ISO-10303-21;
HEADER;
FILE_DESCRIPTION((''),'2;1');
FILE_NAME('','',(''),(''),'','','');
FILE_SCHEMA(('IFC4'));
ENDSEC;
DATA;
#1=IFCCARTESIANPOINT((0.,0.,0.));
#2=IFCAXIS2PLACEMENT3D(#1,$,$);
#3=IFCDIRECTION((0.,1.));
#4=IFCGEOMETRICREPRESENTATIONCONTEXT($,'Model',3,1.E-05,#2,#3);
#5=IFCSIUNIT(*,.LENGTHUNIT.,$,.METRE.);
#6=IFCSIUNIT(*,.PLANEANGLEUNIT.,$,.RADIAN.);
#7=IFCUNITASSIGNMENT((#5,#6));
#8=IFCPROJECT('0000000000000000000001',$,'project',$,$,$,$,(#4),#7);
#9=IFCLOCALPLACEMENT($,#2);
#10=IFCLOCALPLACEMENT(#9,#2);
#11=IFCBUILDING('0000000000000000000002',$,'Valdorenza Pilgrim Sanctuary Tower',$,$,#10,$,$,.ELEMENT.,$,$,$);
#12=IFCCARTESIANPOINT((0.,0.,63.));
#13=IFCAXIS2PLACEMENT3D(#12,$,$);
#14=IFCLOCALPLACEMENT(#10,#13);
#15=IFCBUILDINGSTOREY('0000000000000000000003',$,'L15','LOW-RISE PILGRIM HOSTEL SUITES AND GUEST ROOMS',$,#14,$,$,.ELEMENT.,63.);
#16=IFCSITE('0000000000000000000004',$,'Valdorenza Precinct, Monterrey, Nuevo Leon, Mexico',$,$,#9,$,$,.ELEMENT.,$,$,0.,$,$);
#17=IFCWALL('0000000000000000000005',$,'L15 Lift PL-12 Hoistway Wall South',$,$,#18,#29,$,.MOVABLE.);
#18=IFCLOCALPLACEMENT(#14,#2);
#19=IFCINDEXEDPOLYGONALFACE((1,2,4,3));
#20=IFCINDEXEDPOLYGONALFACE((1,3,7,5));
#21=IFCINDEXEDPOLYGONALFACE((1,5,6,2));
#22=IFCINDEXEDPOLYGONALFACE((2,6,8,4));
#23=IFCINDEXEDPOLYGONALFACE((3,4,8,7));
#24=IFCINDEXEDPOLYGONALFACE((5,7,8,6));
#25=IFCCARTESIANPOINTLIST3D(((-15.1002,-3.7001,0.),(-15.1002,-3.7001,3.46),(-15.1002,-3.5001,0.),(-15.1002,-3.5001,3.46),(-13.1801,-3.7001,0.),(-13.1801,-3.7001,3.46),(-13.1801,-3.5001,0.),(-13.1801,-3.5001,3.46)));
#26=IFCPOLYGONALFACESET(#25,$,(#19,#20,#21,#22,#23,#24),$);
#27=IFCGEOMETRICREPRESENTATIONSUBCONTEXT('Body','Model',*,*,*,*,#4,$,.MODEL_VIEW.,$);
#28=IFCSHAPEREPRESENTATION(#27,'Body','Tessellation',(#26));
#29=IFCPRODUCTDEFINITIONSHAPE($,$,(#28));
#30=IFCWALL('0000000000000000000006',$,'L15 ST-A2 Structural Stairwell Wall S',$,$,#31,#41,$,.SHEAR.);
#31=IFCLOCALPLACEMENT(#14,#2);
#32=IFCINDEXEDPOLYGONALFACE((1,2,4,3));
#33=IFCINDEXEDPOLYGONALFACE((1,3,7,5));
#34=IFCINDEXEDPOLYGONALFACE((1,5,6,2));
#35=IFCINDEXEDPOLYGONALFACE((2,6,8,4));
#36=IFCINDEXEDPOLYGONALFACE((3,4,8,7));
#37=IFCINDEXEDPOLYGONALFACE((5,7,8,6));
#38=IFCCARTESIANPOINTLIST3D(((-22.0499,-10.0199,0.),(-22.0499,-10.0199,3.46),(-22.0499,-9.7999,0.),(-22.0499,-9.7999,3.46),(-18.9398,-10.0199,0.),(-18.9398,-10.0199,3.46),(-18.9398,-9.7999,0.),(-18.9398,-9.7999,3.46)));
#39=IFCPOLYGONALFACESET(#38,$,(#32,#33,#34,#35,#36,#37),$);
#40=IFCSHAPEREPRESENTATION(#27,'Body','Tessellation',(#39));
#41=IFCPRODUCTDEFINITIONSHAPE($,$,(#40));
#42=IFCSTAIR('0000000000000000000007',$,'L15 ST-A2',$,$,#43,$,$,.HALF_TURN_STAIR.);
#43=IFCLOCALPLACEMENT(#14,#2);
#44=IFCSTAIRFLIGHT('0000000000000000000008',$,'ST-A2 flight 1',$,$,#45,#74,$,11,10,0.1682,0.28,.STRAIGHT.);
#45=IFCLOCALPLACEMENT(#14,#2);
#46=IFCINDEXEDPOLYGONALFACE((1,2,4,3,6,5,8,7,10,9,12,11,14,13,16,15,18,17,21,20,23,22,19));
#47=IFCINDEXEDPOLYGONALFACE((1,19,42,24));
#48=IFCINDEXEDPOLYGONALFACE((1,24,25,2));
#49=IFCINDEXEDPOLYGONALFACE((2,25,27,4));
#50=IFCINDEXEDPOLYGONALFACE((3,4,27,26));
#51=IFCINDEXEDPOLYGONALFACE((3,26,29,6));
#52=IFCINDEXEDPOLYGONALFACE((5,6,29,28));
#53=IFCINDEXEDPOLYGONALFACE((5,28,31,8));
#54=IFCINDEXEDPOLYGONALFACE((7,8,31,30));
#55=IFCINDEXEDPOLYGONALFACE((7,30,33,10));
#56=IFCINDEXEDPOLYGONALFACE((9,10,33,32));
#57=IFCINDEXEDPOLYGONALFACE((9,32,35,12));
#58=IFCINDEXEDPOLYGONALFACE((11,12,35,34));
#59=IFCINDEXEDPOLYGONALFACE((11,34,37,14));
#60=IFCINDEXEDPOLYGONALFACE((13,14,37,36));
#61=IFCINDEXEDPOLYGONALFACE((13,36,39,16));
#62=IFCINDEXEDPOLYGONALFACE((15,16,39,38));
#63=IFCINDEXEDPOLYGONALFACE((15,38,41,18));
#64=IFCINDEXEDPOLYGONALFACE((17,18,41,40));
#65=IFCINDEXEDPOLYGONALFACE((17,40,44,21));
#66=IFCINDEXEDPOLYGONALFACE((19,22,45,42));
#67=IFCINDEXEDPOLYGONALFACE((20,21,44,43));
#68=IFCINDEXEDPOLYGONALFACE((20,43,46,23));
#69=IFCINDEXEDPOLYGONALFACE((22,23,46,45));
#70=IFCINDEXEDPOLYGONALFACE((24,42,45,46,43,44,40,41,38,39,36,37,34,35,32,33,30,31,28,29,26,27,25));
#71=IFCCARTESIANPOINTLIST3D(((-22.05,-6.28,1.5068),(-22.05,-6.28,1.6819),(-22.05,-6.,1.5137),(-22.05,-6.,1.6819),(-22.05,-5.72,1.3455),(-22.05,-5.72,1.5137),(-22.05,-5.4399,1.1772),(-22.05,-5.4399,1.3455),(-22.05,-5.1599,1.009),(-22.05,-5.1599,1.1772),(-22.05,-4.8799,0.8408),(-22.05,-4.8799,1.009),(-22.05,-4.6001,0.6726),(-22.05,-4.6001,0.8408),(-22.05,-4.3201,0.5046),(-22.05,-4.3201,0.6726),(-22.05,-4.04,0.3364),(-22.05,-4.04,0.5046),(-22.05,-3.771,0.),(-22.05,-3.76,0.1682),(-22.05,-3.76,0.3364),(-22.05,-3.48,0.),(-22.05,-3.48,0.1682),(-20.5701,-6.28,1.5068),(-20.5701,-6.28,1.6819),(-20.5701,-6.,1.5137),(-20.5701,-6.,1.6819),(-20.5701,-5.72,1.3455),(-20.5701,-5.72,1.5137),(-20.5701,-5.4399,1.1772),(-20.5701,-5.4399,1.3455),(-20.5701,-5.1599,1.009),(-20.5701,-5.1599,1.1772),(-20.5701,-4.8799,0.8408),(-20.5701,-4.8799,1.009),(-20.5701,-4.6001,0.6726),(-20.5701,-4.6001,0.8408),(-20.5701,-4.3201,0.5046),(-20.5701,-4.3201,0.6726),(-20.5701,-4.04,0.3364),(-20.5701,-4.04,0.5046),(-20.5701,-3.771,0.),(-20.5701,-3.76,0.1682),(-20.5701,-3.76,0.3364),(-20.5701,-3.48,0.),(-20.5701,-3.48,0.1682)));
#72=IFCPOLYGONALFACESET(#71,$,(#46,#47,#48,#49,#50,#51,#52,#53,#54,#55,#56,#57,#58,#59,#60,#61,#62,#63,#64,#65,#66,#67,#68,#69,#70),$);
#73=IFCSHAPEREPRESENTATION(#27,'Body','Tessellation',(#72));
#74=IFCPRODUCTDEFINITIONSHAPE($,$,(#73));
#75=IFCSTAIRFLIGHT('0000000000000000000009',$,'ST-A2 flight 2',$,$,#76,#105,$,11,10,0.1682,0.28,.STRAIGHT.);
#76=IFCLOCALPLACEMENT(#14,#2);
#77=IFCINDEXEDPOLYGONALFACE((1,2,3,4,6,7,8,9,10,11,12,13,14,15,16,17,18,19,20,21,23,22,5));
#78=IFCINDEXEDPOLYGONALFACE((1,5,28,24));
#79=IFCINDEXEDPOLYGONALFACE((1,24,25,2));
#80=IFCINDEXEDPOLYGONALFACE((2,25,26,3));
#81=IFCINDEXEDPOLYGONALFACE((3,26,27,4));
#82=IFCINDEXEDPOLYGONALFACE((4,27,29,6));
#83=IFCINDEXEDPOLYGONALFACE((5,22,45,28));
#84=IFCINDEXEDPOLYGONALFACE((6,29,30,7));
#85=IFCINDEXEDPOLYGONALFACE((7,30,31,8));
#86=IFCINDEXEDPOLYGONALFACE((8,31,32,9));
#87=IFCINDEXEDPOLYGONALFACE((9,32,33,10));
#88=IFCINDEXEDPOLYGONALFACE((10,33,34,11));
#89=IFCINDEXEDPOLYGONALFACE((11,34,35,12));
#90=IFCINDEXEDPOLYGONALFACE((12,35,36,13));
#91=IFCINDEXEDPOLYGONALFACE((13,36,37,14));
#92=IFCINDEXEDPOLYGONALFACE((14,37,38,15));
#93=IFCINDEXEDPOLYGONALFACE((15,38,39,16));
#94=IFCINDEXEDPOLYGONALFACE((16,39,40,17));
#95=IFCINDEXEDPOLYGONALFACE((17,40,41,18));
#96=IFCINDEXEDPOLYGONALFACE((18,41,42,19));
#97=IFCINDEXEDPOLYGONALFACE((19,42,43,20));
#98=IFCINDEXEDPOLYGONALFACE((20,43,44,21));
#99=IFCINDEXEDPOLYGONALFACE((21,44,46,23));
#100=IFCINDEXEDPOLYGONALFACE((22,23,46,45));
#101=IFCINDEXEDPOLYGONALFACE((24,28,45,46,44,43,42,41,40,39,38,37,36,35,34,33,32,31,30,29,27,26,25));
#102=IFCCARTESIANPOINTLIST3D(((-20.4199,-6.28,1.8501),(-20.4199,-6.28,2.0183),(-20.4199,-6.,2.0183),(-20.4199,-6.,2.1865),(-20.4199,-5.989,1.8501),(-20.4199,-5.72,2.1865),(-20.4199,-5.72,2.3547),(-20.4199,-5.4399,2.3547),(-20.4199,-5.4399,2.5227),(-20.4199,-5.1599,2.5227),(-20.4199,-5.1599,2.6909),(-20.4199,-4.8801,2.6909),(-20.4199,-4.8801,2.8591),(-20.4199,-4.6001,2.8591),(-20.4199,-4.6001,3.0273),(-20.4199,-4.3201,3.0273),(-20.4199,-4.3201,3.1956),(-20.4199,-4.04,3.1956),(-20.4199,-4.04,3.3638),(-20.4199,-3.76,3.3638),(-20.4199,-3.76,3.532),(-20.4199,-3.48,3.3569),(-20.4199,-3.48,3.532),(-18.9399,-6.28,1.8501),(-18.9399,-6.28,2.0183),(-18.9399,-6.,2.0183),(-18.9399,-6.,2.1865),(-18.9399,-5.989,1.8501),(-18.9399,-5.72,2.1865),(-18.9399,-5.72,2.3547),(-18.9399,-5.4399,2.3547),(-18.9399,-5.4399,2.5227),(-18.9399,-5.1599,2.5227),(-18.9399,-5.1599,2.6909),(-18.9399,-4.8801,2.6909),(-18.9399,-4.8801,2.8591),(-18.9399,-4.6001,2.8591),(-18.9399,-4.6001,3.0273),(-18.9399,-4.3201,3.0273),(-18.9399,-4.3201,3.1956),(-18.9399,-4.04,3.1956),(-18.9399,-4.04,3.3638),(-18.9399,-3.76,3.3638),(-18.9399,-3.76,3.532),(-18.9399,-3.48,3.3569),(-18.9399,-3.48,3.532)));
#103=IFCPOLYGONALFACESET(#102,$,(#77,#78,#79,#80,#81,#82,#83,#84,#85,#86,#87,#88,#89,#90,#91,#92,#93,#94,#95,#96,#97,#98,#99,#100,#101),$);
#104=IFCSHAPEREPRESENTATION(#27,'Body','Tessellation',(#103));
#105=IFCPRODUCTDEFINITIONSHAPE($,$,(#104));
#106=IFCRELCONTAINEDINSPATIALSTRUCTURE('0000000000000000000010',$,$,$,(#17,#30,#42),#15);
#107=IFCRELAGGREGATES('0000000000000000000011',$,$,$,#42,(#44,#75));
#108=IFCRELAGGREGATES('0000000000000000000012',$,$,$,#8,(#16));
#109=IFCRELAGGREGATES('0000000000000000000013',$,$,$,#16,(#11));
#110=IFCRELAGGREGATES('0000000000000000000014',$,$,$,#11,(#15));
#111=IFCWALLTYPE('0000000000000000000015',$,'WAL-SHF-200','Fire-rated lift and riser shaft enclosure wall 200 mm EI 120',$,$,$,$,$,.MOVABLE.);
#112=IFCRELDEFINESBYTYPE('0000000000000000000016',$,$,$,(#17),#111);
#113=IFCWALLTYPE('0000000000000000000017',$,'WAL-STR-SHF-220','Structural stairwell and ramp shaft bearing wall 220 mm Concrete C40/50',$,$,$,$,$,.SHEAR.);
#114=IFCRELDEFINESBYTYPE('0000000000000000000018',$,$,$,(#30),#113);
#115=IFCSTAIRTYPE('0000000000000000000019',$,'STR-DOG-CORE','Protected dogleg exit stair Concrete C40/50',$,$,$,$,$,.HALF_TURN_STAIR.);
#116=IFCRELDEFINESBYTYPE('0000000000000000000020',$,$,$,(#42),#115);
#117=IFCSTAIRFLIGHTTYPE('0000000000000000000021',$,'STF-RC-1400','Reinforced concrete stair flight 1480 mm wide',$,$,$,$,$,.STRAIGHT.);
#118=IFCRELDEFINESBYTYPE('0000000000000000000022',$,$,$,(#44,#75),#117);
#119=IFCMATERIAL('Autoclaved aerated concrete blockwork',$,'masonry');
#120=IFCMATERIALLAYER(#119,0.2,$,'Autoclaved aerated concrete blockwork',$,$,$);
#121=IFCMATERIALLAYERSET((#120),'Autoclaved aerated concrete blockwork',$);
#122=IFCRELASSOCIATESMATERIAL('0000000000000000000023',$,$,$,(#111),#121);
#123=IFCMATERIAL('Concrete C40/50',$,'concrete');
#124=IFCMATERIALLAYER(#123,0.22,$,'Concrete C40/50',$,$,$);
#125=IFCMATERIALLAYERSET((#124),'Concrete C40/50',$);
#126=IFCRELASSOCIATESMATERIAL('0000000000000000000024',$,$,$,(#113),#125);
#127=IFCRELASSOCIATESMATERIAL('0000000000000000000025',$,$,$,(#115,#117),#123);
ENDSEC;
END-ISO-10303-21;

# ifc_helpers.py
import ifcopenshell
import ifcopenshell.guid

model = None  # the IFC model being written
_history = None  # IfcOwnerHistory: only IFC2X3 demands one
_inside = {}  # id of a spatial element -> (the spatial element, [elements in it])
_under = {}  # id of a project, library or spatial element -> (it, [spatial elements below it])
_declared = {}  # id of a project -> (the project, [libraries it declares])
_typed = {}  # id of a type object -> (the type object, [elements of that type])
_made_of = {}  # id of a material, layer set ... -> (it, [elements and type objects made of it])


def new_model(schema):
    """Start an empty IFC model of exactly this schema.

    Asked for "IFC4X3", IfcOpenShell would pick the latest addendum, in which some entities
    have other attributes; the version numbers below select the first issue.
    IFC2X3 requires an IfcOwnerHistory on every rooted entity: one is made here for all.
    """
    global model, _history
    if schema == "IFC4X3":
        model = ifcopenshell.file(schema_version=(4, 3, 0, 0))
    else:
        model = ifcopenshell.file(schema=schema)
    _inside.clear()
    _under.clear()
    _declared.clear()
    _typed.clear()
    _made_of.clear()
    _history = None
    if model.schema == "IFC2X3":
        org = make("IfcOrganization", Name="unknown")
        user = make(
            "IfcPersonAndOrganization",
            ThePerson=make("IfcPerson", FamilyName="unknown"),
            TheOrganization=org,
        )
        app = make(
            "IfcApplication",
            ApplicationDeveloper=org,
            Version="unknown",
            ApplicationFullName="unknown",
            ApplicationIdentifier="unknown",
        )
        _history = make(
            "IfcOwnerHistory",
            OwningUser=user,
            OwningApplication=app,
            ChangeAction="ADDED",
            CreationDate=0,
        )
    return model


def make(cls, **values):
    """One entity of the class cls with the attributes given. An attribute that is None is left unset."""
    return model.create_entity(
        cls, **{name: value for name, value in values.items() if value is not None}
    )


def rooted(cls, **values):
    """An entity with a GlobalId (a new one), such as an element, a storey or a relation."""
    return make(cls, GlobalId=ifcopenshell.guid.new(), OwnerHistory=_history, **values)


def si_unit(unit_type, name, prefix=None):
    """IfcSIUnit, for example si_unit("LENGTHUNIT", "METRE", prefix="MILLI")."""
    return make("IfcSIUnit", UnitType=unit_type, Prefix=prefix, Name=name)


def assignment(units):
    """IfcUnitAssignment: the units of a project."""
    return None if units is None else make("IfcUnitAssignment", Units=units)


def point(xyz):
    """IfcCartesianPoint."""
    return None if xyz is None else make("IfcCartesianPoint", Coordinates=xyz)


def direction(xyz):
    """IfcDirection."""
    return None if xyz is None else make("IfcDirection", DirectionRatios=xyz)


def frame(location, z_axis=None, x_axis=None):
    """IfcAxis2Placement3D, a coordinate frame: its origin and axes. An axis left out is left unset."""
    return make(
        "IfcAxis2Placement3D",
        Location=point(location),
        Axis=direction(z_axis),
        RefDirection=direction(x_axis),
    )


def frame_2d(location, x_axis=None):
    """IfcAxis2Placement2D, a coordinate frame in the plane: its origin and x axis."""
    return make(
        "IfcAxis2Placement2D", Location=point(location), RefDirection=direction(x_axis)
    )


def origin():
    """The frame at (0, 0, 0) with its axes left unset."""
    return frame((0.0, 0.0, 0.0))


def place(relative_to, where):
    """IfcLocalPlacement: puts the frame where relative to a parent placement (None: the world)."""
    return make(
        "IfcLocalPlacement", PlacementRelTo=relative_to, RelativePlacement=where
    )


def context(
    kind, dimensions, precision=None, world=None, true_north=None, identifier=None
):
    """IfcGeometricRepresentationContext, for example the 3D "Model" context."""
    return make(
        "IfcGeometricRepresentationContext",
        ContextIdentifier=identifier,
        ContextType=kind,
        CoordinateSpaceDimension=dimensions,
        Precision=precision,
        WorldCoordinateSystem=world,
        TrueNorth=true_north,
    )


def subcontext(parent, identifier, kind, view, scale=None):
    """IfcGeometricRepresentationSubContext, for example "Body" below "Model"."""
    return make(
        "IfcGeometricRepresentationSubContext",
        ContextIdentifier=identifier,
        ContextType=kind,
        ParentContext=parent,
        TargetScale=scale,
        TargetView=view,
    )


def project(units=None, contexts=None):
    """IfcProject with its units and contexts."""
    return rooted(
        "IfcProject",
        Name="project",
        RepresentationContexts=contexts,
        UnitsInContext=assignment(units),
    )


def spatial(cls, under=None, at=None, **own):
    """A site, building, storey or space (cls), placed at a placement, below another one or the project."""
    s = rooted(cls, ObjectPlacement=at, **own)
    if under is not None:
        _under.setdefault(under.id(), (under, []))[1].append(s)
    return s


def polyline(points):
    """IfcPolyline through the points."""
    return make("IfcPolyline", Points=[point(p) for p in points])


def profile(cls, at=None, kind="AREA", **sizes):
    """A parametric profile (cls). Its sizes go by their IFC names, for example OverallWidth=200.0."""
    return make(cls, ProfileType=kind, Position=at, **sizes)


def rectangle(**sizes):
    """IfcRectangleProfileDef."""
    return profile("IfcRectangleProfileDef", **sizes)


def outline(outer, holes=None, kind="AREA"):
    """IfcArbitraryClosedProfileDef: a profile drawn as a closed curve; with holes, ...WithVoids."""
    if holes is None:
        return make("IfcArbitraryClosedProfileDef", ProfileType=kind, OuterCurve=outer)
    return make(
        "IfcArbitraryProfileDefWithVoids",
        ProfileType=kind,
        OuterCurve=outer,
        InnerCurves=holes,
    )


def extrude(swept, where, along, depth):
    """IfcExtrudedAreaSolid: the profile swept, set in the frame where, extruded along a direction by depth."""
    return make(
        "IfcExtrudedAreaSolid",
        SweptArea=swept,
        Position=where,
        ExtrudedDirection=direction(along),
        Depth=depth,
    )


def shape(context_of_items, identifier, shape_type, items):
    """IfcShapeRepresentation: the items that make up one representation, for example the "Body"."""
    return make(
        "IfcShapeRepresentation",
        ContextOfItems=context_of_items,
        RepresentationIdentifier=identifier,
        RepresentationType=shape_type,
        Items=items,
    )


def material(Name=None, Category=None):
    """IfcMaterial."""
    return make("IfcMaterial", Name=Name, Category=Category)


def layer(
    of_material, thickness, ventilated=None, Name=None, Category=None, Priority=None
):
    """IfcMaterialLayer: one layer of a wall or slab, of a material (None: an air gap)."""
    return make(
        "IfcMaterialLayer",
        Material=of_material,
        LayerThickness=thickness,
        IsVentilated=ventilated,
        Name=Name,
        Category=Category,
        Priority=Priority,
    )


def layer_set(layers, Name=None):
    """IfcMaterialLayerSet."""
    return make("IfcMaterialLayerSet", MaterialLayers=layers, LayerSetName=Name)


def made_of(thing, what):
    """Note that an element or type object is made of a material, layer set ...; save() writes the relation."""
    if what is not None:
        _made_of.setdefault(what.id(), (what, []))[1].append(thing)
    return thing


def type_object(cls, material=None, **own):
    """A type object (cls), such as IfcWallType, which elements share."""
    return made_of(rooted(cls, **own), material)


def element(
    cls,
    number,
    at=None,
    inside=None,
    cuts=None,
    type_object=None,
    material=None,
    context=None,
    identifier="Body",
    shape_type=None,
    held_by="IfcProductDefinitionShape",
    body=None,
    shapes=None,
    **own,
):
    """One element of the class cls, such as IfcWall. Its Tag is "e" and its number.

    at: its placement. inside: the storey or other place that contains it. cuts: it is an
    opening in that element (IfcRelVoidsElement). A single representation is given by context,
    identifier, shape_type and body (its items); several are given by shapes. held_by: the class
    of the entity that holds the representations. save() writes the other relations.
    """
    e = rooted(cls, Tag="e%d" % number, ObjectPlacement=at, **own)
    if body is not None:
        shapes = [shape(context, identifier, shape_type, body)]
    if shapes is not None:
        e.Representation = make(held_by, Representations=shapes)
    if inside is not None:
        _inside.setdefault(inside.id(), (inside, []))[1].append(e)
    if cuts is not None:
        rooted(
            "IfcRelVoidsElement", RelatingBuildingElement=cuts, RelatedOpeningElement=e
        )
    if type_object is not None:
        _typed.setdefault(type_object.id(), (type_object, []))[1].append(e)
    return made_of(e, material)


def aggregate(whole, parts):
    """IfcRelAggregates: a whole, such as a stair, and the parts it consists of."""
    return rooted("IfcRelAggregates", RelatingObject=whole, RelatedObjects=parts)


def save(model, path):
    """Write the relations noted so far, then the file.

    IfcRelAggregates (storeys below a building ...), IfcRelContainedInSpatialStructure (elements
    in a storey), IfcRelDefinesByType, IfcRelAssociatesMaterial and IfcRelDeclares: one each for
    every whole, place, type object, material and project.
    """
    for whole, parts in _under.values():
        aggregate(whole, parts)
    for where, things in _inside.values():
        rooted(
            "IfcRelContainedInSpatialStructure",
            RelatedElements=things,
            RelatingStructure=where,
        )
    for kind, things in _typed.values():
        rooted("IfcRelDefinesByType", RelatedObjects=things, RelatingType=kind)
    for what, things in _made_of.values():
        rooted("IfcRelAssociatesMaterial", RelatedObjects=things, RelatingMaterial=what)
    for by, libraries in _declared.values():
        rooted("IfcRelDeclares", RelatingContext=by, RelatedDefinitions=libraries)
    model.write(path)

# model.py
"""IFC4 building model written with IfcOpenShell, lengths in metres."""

from ifc_helpers import new_model, si_unit, direction, frame, frame_2d, origin, place, context, subcontext, project, spatial, polyline, rectangle, outline, extrude, material, layer, layer_set, type_object, element, aggregate, save


model = new_model("IFC4")

# Units and contexts
model_context = context("Model", 3, precision=1e-05, world=origin(), true_north=direction((0.0, 1.0)))
body_context = subcontext(model_context, "Body", "Model", "MODEL_VIEW")
ifc_project = project(units=[si_unit("LENGTHUNIT", "METRE"), si_unit("PLANEANGLEUNIT", "RADIAN")], contexts=[model_context])

# Site, building, storey
site_placement = place(None, origin())
site = spatial("IfcSite", under=ifc_project, at=site_placement, Name="Valdorenza Precinct, Monterrey, Nuevo Leon, Mexico", CompositionType="ELEMENT", RefElevation=0.0)
building_placement = place(site_placement, origin())
building = spatial("IfcBuilding", under=site, at=building_placement, Name="Valdorenza Pilgrim Sanctuary Tower", CompositionType="ELEMENT")
storey_placement = place(building_placement, frame((0.0, 0.0, 63.0)))
storey = spatial("IfcBuildingStorey", under=building, at=storey_placement, Name="L15", Description="LOW-RISE PILGRIM HOSTEL SUITES AND GUEST ROOMS", CompositionType="ELEMENT", Elevation=63.0)

# Shared definitions
ifc_material_1 = material(Name="Autoclaved aerated concrete blockwork", Category="masonry")
ifc_layer_1 = layer(ifc_material_1, 0.2, Name="Autoclaved aerated concrete blockwork")
ifc_layer_set_1 = layer_set([ifc_layer_1], Name="Autoclaved aerated concrete blockwork")
wall_type_1 = type_object("IfcWallType", Name="WAL-SHF-200", Description="Fire-rated lift and riser shaft enclosure wall 200 mm EI 120", PredefinedType="MOVABLE", material=ifc_layer_set_1)

# Walls
wall_1_placement = place(storey_placement, frame((-15.1001, -3.6001, 0.0), z_axis=(0.0, 0.0, 1.0), x_axis=(1.0, 0.0, 0.0)))
element("IfcWall", 1, at=wall_1_placement, inside=storey, type_object=wall_type_1, Name="L15 Lift PL-12 Hoistway Wall South", PredefinedType="MOVABLE", context=body_context, shape_type="SweptSolid", body=[
    extrude(rectangle(XDim=1.9202, YDim=0.2, at=frame_2d((0.96, 0.0))), origin(), (0.0, 0.0, 1.0), 3.46),
])
ifc_material_2 = material(Name="Concrete C40/50", Category="concrete")
ifc_layer_2 = layer(ifc_material_2, 0.22, Name="Concrete C40/50")
ifc_layer_set_2 = layer_set([ifc_layer_2], Name="Concrete C40/50")
wall_type_2 = type_object("IfcWallType", Name="WAL-STR-SHF-220", Description="Structural stairwell and ramp shaft bearing wall 220 mm Concrete C40/50", PredefinedType="SHEAR", material=ifc_layer_set_2)
wall_2_placement = place(storey_placement, frame((-22.05, -9.9099, 0.0), z_axis=(0.0, 0.0, 1.0), x_axis=(1.0, 0.0, 0.0)))
element("IfcWall", 2, at=wall_2_placement, inside=storey, type_object=wall_type_2, Name="L15 ST-A2 Structural Stairwell Wall S", PredefinedType="SHEAR", context=body_context, shape_type="SweptSolid", body=[
    extrude(rectangle(XDim=3.1101, YDim=0.22, at=frame_2d((1.5552, 0.0))), origin(), (0.0, 0.0, 1.0), 3.46),
])

# Stair, stair flights
stair_type = type_object("IfcStairType", Name="STR-DOG-CORE", Description="Protected dogleg exit stair Concrete C40/50", PredefinedType="HALF_TURN_STAIR", material=ifc_material_2)
stair_placement = place(storey_placement, origin())
stair = element("IfcStair", 3, at=stair_placement, inside=storey, type_object=stair_type, Name="L15 ST-A2", PredefinedType="HALF_TURN_STAIR")
stair_flight_type = type_object("IfcStairFlightType", Name="STF-RC-1400", Description="Reinforced concrete stair flight 1480 mm wide", PredefinedType="STRAIGHT", material=ifc_material_2)
stair_flight_1_placement = place(storey_placement, frame((-21.3101, -3.48, 0.0), z_axis=(0.0, 0.0, 1.0), x_axis=(0.0, -1.0, 0.0)))
stair_flight_1 = element("IfcStairFlight", 4, at=stair_flight_1_placement, type_object=stair_flight_type, Name="ST-A2 flight 1", NumberOfRisers=11, NumberOfTreads=10, PredefinedType="STRAIGHT", RiserHeight=0.1682, TreadLength=0.28, context=body_context, shape_type="SweptSolid", body=[
    extrude(outline(polyline([(0.0, 0.0), (0.0, 0.1682), (0.28, 0.1682), (0.28, 0.3364), (0.5601, 0.3364), (0.5601, 0.5046), (0.8401, 0.5046), (0.8401, 0.6726), (1.1201, 0.6726), (1.1201, 0.8408), (1.3999, 0.8408), (1.3999, 1.009), (1.6799, 1.009), (1.6799, 1.1772), (1.96, 1.1772), (1.96, 1.3455), (2.24, 1.3455), (2.24, 1.5137), (2.52, 1.5137), (2.52, 1.6819), (2.8, 1.6819), (2.8, 1.8501), (2.8, 1.5068), (0.291, 0.0), (0.0, 0.0)])), frame((0.0, 0.74, 0.0), z_axis=(0.0, -1.0, 0.0), x_axis=(1.0, 0.0, 0.0)), (0.0, 0.0, 1.0), 1.48),
])
stair_flight_2_placement = place(storey_placement, frame((-19.6799, -6.28, 1.8501), z_axis=(0.0, 0.0, 1.0), x_axis=(0.0, 1.0, 0.0)))
stair_flight_2 = element("IfcStairFlight", 5, at=stair_flight_2_placement, type_object=stair_flight_type, Name="ST-A2 flight 2", NumberOfRisers=11, NumberOfTreads=10, PredefinedType="STRAIGHT", RiserHeight=0.1682, TreadLength=0.28, context=body_context, shape_type="SweptSolid", body=[
    extrude(outline(polyline([(0.0, 0.0), (0.0, 0.1682), (0.28, 0.1682), (0.28, 0.3364), (0.5601, 0.3364), (0.5601, 0.5046), (0.8401, 0.5046), (0.8401, 0.6726), (1.1201, 0.6726), (1.1201, 0.8408), (1.3999, 0.8408), (1.3999, 1.009), (1.6799, 1.009), (1.6799, 1.1772), (1.96, 1.1772), (1.96, 1.3455), (2.24, 1.3455), (2.24, 1.5137), (2.52, 1.5137), (2.52, 1.6819), (2.8, 1.6819), (2.8, 1.8501), (2.8, 1.5068), (0.291, 0.0), (0.0, 0.0)])), frame((0.0, 0.74, 0.0), z_axis=(0.0, -1.0, 0.0), x_axis=(1.0, 0.0, 0.0)), (0.0, 0.0, 1.0), 1.48),
])
aggregate(stair, [stair_flight_1, stair_flight_2])

save(model, "model.ifc")
